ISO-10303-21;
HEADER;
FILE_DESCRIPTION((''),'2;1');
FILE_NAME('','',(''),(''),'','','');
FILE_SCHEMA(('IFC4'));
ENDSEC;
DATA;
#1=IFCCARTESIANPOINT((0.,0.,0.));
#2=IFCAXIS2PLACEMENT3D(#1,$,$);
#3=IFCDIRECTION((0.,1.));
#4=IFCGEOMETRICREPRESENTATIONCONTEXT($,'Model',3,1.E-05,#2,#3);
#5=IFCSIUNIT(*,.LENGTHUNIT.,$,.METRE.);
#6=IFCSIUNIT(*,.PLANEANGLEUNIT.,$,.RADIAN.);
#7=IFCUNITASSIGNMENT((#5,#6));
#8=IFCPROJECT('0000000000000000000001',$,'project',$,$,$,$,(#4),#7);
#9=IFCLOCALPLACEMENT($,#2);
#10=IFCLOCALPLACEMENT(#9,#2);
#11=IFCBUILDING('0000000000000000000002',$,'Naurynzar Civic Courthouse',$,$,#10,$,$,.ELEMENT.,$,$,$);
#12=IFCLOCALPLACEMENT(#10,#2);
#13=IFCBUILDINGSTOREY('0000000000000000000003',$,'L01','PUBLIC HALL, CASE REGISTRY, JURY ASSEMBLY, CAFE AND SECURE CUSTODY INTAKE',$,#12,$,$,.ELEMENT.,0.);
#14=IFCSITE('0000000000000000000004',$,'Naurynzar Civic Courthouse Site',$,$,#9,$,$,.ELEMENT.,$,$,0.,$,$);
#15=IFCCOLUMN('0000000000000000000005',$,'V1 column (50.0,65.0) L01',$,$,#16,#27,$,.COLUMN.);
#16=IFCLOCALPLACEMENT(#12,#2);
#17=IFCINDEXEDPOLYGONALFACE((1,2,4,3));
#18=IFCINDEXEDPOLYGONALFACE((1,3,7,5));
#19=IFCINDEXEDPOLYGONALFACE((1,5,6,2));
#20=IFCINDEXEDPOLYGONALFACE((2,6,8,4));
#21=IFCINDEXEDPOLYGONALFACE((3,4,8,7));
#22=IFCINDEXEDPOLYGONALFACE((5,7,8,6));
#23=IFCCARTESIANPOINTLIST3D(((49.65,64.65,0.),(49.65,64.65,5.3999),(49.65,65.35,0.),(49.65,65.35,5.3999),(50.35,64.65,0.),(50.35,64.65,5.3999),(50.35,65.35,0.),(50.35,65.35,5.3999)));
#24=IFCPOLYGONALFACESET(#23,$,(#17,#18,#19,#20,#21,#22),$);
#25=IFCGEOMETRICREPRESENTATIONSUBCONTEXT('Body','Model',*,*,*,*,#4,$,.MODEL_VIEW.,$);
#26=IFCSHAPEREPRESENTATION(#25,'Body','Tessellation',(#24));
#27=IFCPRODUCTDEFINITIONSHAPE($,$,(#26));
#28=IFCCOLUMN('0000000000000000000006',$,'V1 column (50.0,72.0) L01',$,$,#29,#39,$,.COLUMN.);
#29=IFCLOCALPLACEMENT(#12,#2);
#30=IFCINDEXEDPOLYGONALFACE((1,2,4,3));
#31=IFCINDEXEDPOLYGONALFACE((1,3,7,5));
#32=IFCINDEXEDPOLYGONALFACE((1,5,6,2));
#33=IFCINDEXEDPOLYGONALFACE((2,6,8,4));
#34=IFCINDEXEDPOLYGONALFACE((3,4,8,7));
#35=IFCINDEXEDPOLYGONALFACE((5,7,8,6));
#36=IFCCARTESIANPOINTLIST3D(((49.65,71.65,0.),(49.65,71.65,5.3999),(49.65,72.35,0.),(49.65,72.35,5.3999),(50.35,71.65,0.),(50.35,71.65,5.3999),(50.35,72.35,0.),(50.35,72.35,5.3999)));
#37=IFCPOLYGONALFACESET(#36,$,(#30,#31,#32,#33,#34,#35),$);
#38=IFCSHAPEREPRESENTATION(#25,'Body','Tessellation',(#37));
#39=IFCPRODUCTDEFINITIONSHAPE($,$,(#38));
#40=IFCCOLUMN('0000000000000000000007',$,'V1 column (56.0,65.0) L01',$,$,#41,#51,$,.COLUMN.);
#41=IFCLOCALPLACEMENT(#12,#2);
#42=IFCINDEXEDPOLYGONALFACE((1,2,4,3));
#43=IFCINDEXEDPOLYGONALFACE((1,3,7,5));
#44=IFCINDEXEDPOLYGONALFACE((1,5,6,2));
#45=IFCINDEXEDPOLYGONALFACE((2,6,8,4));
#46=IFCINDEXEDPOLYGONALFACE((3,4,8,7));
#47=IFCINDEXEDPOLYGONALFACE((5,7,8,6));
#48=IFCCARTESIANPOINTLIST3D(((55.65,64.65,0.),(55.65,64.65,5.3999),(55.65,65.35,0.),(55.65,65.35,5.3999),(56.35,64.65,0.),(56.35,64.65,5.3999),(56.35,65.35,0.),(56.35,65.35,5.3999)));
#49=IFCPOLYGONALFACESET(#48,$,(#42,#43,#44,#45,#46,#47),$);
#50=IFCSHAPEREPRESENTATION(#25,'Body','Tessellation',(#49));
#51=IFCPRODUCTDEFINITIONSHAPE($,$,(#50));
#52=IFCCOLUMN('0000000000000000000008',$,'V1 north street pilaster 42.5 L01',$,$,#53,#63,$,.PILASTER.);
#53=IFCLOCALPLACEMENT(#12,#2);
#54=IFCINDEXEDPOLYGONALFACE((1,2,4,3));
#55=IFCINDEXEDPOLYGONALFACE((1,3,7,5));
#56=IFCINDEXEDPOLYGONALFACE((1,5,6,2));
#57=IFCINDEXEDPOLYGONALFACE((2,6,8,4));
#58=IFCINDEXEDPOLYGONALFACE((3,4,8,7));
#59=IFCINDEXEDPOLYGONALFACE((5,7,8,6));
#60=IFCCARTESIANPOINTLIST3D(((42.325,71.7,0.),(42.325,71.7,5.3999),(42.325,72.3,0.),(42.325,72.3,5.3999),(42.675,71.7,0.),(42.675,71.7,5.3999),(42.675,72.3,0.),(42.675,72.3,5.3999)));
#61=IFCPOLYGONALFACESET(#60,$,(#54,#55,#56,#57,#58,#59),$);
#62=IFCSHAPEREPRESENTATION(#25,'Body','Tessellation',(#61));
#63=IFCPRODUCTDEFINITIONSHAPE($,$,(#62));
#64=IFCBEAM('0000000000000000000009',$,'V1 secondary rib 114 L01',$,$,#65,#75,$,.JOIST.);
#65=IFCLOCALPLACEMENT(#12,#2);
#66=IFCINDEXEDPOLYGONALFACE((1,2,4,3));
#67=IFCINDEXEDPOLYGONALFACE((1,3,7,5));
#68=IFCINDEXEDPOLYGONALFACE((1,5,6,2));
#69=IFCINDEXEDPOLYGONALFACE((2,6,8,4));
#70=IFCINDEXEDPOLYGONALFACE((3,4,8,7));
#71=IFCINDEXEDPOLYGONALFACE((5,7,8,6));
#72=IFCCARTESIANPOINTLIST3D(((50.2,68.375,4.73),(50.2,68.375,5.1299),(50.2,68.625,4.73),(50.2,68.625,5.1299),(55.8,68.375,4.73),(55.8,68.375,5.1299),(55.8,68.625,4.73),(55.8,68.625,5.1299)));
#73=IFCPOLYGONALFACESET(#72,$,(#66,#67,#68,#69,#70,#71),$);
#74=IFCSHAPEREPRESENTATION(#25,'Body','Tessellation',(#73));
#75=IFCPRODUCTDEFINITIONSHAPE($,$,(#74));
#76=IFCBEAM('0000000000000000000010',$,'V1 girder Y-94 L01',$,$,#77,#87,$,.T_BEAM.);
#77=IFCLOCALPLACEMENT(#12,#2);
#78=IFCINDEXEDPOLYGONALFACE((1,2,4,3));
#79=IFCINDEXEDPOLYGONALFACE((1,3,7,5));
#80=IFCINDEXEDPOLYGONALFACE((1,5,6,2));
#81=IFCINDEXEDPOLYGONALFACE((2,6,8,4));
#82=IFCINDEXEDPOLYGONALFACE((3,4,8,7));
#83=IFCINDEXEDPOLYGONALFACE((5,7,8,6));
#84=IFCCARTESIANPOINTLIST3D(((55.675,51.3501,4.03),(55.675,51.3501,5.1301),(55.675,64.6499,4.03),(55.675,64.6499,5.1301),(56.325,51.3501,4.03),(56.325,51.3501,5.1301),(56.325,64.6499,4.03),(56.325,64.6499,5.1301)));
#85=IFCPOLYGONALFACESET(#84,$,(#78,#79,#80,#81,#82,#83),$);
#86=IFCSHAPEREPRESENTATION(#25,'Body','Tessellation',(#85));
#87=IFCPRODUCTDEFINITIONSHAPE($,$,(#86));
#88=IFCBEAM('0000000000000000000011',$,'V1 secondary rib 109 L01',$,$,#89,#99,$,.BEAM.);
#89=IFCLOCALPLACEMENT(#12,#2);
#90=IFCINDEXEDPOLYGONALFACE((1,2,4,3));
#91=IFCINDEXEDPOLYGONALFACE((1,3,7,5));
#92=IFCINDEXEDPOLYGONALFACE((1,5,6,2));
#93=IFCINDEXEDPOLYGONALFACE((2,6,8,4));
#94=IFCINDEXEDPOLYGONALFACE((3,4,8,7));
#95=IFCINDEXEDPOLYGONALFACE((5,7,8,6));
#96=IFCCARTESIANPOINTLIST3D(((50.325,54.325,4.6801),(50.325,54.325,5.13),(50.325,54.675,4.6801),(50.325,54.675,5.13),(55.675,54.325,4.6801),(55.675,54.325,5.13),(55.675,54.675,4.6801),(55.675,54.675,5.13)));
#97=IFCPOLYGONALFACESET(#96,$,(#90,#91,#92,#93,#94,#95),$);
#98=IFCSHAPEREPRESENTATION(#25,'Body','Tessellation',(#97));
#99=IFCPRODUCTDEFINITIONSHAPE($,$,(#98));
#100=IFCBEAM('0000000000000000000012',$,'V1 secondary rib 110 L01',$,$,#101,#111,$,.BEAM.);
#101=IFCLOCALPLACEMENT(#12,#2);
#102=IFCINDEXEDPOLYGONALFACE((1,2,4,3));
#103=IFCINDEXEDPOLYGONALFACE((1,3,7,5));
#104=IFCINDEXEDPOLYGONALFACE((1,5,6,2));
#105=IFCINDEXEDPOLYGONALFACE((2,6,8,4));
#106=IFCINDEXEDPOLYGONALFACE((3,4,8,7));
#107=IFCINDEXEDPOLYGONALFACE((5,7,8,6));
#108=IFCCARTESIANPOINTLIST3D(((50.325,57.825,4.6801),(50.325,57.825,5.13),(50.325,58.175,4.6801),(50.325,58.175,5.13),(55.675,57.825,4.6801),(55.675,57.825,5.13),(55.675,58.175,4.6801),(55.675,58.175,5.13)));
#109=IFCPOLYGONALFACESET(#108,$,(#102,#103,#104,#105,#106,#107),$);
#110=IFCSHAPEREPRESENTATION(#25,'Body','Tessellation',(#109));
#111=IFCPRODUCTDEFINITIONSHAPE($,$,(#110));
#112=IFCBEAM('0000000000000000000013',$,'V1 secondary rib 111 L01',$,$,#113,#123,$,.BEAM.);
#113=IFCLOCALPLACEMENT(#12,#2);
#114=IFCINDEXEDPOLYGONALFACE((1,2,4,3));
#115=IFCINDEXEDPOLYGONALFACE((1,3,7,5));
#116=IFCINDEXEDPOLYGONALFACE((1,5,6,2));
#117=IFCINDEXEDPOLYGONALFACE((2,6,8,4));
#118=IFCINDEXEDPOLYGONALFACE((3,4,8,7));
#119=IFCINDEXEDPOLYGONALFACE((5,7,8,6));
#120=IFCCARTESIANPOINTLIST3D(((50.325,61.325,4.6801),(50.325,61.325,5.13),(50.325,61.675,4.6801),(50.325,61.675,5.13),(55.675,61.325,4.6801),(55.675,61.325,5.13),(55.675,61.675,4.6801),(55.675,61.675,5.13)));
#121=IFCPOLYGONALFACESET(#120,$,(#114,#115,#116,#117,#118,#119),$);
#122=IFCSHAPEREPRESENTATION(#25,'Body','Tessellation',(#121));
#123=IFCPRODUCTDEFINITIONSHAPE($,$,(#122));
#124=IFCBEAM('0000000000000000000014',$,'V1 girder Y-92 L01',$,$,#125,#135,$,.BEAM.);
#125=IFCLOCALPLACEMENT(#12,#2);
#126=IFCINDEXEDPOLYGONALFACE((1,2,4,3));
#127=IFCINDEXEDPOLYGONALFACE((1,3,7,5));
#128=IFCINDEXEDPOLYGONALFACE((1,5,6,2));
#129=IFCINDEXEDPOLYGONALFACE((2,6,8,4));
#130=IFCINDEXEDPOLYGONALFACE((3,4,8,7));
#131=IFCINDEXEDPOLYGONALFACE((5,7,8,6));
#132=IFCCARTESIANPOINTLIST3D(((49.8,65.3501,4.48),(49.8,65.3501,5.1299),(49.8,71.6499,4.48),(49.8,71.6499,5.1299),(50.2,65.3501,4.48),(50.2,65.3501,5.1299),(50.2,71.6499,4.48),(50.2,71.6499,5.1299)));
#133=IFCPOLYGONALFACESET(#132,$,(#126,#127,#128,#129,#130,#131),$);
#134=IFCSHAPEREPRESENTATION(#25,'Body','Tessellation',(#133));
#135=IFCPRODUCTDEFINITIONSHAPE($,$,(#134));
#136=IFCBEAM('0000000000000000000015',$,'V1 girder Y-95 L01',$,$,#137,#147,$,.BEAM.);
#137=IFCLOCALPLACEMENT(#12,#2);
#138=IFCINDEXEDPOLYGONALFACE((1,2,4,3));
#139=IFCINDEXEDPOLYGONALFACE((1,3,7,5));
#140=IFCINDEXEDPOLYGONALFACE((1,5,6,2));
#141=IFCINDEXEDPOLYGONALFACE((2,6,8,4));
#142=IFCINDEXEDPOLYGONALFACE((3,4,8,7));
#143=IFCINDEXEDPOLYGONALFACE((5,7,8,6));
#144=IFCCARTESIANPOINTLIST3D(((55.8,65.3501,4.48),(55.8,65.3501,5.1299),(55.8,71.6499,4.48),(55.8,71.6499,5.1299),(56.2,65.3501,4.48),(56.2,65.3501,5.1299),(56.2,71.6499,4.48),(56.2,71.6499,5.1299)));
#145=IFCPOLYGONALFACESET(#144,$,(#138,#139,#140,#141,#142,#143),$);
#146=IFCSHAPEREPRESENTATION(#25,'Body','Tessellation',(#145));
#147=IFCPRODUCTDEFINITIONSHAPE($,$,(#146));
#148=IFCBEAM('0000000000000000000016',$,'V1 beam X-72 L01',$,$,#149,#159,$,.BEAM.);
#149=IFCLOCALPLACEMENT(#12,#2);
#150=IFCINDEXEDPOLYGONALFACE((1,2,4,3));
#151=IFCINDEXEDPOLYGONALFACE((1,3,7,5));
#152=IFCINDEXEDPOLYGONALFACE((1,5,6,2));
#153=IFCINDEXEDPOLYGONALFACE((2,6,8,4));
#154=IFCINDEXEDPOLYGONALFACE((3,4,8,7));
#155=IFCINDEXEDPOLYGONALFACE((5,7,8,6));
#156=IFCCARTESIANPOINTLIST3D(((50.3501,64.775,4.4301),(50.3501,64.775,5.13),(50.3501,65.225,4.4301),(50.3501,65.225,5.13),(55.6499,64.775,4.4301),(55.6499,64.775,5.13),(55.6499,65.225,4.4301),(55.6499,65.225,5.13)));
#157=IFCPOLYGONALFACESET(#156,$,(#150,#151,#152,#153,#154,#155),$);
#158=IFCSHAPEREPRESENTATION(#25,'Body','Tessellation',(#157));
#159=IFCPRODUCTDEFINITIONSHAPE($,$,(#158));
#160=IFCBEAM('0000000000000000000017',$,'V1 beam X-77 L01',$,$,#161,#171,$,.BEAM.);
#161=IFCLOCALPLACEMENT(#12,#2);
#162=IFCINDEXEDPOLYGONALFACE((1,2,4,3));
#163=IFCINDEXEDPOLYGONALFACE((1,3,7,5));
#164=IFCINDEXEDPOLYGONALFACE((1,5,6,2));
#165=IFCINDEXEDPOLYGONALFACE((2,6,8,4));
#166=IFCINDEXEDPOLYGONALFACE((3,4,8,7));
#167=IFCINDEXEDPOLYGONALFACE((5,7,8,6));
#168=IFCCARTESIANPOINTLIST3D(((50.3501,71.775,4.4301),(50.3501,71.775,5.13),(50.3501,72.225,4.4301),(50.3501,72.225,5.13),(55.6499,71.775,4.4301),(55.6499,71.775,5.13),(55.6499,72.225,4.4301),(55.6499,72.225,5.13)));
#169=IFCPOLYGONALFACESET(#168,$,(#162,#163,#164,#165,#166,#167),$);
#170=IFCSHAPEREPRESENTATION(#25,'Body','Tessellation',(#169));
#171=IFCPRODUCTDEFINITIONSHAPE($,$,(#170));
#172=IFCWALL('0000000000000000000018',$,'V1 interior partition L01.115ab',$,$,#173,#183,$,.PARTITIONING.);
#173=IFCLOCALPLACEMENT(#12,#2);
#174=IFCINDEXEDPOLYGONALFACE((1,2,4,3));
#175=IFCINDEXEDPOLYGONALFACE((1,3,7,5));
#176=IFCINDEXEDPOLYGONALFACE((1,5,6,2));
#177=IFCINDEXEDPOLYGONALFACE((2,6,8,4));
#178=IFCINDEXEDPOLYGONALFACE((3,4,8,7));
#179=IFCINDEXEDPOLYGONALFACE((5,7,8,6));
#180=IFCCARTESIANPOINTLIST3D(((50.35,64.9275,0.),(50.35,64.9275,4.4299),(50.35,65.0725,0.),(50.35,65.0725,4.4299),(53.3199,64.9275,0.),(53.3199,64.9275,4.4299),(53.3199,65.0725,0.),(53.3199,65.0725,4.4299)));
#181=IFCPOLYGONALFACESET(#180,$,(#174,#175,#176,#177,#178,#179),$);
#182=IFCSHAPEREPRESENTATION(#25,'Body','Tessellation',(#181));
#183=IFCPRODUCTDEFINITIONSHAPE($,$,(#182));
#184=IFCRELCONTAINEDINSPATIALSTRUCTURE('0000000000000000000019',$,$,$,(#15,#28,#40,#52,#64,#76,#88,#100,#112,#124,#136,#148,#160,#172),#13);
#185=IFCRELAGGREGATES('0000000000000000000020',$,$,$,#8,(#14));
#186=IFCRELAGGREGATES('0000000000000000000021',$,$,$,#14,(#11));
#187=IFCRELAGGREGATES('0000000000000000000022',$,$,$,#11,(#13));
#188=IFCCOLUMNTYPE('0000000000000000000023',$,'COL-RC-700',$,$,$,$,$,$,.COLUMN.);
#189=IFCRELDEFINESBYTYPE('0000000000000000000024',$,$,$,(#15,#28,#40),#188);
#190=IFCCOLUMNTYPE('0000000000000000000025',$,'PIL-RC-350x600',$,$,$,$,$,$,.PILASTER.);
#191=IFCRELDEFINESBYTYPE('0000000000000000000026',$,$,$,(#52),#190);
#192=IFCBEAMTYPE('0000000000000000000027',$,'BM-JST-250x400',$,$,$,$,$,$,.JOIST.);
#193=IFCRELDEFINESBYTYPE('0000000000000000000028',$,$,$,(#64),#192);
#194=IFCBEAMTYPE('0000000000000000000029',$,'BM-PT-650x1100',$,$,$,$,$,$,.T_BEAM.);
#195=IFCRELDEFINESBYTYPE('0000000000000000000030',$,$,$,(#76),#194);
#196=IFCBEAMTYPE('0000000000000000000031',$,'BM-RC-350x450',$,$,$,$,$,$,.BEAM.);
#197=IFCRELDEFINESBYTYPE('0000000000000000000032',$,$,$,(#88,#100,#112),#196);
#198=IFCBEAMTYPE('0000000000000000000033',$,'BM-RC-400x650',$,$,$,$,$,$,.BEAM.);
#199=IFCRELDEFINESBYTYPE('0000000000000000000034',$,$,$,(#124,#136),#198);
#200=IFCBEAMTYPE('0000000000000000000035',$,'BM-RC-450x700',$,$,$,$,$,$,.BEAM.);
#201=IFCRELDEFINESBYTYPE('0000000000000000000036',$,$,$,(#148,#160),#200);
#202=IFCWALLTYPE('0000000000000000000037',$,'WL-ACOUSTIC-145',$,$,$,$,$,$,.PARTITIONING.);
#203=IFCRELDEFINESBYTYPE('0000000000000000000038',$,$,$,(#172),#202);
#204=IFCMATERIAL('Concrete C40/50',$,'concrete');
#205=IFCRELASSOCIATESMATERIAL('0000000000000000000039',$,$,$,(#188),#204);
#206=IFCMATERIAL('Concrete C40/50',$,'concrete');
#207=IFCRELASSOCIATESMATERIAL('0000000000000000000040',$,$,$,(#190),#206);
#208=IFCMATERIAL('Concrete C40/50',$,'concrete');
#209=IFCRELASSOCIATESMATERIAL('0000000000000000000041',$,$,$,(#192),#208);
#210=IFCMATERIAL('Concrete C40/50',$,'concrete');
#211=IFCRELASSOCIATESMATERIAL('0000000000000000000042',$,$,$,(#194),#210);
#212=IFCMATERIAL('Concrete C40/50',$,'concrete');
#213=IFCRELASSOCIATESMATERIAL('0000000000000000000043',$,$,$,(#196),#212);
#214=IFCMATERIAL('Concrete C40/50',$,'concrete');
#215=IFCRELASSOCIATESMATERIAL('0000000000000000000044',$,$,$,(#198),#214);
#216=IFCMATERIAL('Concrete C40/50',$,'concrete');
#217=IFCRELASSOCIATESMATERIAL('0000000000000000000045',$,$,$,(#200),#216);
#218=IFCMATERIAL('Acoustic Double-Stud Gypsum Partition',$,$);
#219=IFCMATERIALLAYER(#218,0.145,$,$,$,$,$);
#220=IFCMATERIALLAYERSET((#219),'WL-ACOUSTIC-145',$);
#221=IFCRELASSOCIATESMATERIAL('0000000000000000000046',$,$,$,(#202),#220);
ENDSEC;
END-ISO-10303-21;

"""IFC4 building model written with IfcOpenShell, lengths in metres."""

from ifc_helpers import new_model, si_unit, direction, frame, frame_2d, origin, origin_2d, place, context, subcontext, project, spatial, rectangle, extrude, material, layer, layer_set, material_profile, profile_set, type_object, element, save


model = new_model("IFC4")

# Units and contexts
model_context = context("Model", 3, precision=1e-05, world=origin(), true_north=direction((0.0, 1.0)))
body_context = subcontext(model_context, "Body", "Model", "MODEL_VIEW")
ifc_project = project(units=[si_unit("LENGTHUNIT", "METRE"), si_unit("PLANEANGLEUNIT", "RADIAN")], contexts=[model_context])

# Site, building, storey
site_placement = place(None, origin())
site = spatial("IfcSite", under=ifc_project, at=site_placement, Name="Naurynzar Civic Courthouse Site", CompositionType="ELEMENT", RefElevation=0.0)
building_placement = place(site_placement, origin())
building = spatial("IfcBuilding", under=site, at=building_placement, Name="Naurynzar Civic Courthouse", CompositionType="ELEMENT")
storey_placement = place(building_placement, origin())
storey = spatial("IfcBuildingStorey", under=building, at=storey_placement, Name="L01", Description="PUBLIC HALL, CASE REGISTRY, JURY ASSEMBLY, CAFE AND SECURE CUSTODY INTAKE", CompositionType="ELEMENT", Elevation=0.0)

# Columns
ifc_material_1 = material(Name="Concrete C40/50", Category="concrete")
ifc_material_profile_1 = material_profile(ifc_material_1, rectangle(XDim=0.7, YDim=0.7, at=origin_2d()), Name="RC 700x700")
ifc_profile_set_1 = profile_set([ifc_material_profile_1], Name="Concrete C40/50")
column_type_1 = type_object("IfcColumnType", Name="COL-RC-700", PredefinedType="COLUMN", material=ifc_profile_set_1)
for number, where, z_axis, x_axis, name in (
    (1, (50.0, 65.0, 0.0), (0.0, 0.0, 1.0), (1.0, 0.0, 0.0), "V1 column (50.0,65.0) L01"),
    (2, (50.0, 72.0, 0.0), (0.0, 0.0, 1.0), (1.0, 0.0, 0.0), "V1 column (50.0,72.0) L01"),
    (3, (56.0, 65.0, 0.0), (0.0, 0.0, 1.0), (1.0, 0.0, 0.0), "V1 column (56.0,65.0) L01"),
):
    element("IfcColumn", number, at=place(storey_placement, frame(where, z_axis=z_axis, x_axis=x_axis)), inside=storey, type_object=column_type_1, Name=name, PredefinedType="COLUMN", context=body_context, shape_type="SweptSolid", body=[
        extrude(rectangle(XDim=0.7, YDim=0.7, at=origin_2d()), origin(), (0.0, 0.0, 1.0), 5.3999),
    ])
ifc_material_2 = material(Name="Concrete C40/50", Category="concrete")
ifc_material_profile_2 = material_profile(ifc_material_2, rectangle(XDim=0.3501, YDim=0.6001, at=origin_2d()), Name="RC 350x600")
ifc_profile_set_2 = profile_set([ifc_material_profile_2], Name="Concrete C40/50")
column_type_2 = type_object("IfcColumnType", Name="PIL-RC-350x600", PredefinedType="PILASTER", material=ifc_profile_set_2)
column_placement = place(storey_placement, frame((42.5, 72.0, 0.0), z_axis=(0.0, 0.0, 1.0), x_axis=(1.0, 0.0, 0.0)))
element("IfcColumn", 4, at=column_placement, inside=storey, type_object=column_type_2, Name="V1 north street pilaster 42.5 L01", PredefinedType="PILASTER", context=body_context, shape_type="SweptSolid", body=[
    extrude(rectangle(XDim=0.3501, YDim=0.6001, at=origin_2d()), origin(), (0.0, 0.0, 1.0), 5.3999),
])

# Beams
ifc_material_3 = material(Name="Concrete C40/50", Category="concrete")
ifc_material_profile_3 = material_profile(ifc_material_3, rectangle(XDim=0.25, YDim=0.3999, at=origin_2d()), Name="RCB 250x400")
ifc_profile_set_3 = profile_set([ifc_material_profile_3], Name="Concrete C40/50")
beam_type_1 = type_object("IfcBeamType", Name="BM-JST-250x400", PredefinedType="JOIST", material=ifc_profile_set_3)
beam_1_placement = place(storey_placement, frame((50.2, 68.5, 4.9299), z_axis=(1.0, 0.0, 0.0), x_axis=(0.0, 1.0, 0.0)))
element("IfcBeam", 5, at=beam_1_placement, inside=storey, type_object=beam_type_1, Name="V1 secondary rib 114 L01", PredefinedType="JOIST", context=body_context, shape_type="SweptSolid", body=[
    extrude(rectangle(XDim=0.25, YDim=0.3999, at=origin_2d()), origin(), (0.0, 0.0, 1.0), 5.6001),
])
ifc_material_4 = material(Name="Concrete C40/50", Category="concrete")
ifc_material_profile_4 = material_profile(ifc_material_4, rectangle(XDim=0.6499, YDim=1.1001, at=origin_2d()), Name="PTB 650x1100")
ifc_profile_set_4 = profile_set([ifc_material_profile_4], Name="Concrete C40/50")
beam_type_2 = type_object("IfcBeamType", Name="BM-PT-650x1100", PredefinedType="T_BEAM", material=ifc_profile_set_4)
beam_2_placement = place(storey_placement, frame((56.0, 51.3501, 4.5801), z_axis=(0.0, 1.0, 0.0), x_axis=(-1.0, 0.0, 0.0)))
element("IfcBeam", 6, at=beam_2_placement, inside=storey, type_object=beam_type_2, Name="V1 girder Y-94 L01", PredefinedType="T_BEAM", context=body_context, shape_type="SweptSolid", body=[
    extrude(rectangle(XDim=0.6499, YDim=1.1001, at=origin_2d()), origin(), (0.0, 0.0, 1.0), 13.2998),
])
ifc_material_5 = material(Name="Concrete C40/50", Category="concrete")
ifc_material_profile_5 = material_profile(ifc_material_5, rectangle(XDim=0.3501, YDim=0.45, at=origin_2d()), Name="RCB 350x450")
ifc_profile_set_5 = profile_set([ifc_material_profile_5], Name="Concrete C40/50")
beam_type_3 = type_object("IfcBeamType", Name="BM-RC-350x450", PredefinedType="BEAM", material=ifc_profile_set_5)
for number, where, z_axis, x_axis, name in (
    (7, (50.325, 54.5, 4.905), (1.0, 0.0, 0.0), (0.0, 1.0, 0.0), "V1 secondary rib 109 L01"),
    (8, (50.325, 58.0, 4.905), (1.0, 0.0, 0.0), (0.0, 1.0, 0.0), "V1 secondary rib 110 L01"),
    (9, (50.325, 61.5, 4.905), (1.0, 0.0, 0.0), (0.0, 1.0, 0.0), "V1 secondary rib 111 L01"),
):
    element("IfcBeam", number, at=place(storey_placement, frame(where, z_axis=z_axis, x_axis=x_axis)), inside=storey, type_object=beam_type_3, Name=name, PredefinedType="BEAM", context=body_context, shape_type="SweptSolid", body=[
        extrude(rectangle(XDim=0.3501, YDim=0.45, at=origin_2d()), origin(), (0.0, 0.0, 1.0), 5.3501),
    ])
ifc_material_6 = material(Name="Concrete C40/50", Category="concrete")
ifc_material_profile_6 = material_profile(ifc_material_6, rectangle(XDim=0.3999, YDim=0.6499, at=origin_2d()), Name="RCB 400x650")
ifc_profile_set_6 = profile_set([ifc_material_profile_6], Name="Concrete C40/50")
beam_type_4 = type_object("IfcBeamType", Name="BM-RC-400x650", PredefinedType="BEAM", material=ifc_profile_set_6)
for number, where, z_axis, x_axis, name in (
    (10, (50.0, 65.3501, 4.8049), (0.0, 1.0, 0.0), (-1.0, 0.0, 0.0), "V1 girder Y-92 L01"),
    (11, (56.0, 65.3501, 4.8049), (0.0, 1.0, 0.0), (-1.0, 0.0, 0.0), "V1 girder Y-95 L01"),
):
    element("IfcBeam", number, at=place(storey_placement, frame(where, z_axis=z_axis, x_axis=x_axis)), inside=storey, type_object=beam_type_4, Name=name, PredefinedType="BEAM", context=body_context, shape_type="SweptSolid", body=[
        extrude(rectangle(XDim=0.3999, YDim=0.6499, at=origin_2d()), origin(), (0.0, 0.0, 1.0), 6.2998),
    ])
ifc_material_7 = material(Name="Concrete C40/50", Category="concrete")
ifc_material_profile_7 = material_profile(ifc_material_7, rectangle(XDim=0.45, YDim=0.7, at=origin_2d()), Name="RCB 450x700")
ifc_profile_set_7 = profile_set([ifc_material_profile_7], Name="Concrete C40/50")
beam_type_5 = type_object("IfcBeamType", Name="BM-RC-450x700", PredefinedType="BEAM", material=ifc_profile_set_7)
for number, where, z_axis, x_axis, name in (
    (12, (50.3501, 65.0, 4.78), (1.0, 0.0, 0.0), (0.0, 1.0, 0.0), "V1 beam X-72 L01"),
    (13, (50.3501, 72.0, 4.78), (1.0, 0.0, 0.0), (0.0, 1.0, 0.0), "V1 beam X-77 L01"),
):
    element("IfcBeam", number, at=place(storey_placement, frame(where, z_axis=z_axis, x_axis=x_axis)), inside=storey, type_object=beam_type_5, Name=name, PredefinedType="BEAM", context=body_context, shape_type="SweptSolid", body=[
        extrude(rectangle(XDim=0.45, YDim=0.7, at=origin_2d()), origin(), (0.0, 0.0, 1.0), 5.2998),
    ])

# Wall
ifc_material_8 = material(Name="Acoustic Double-Stud Gypsum Partition")
ifc_layer_1 = layer(ifc_material_8, 0.145)
ifc_layer_set_1 = layer_set([ifc_layer_1], Name="WL-ACOUSTIC-145")
wall_type_1 = type_object("IfcWallType", Name="WL-ACOUSTIC-145", PredefinedType="PARTITIONING", material=ifc_layer_set_1)
wall_1_placement = place(storey_placement, frame((50.3501, 65.0, 0.0), z_axis=(0.0, 0.0, 1.0), x_axis=(1.0, 0.0, 0.0)))
element("IfcWall", 14, at=wall_1_placement, inside=storey, type_object=wall_type_1, Name="V1 interior partition L01.115ab", PredefinedType="PARTITIONING", context=body_context, shape_type="SweptSolid", body=[
    extrude(rectangle(XDim=2.97, YDim=0.145, at=frame_2d((1.4849, 0.0))), origin(), (0.0, 0.0, 1.0), 4.4299),
])

save(model, "model.ifc")
